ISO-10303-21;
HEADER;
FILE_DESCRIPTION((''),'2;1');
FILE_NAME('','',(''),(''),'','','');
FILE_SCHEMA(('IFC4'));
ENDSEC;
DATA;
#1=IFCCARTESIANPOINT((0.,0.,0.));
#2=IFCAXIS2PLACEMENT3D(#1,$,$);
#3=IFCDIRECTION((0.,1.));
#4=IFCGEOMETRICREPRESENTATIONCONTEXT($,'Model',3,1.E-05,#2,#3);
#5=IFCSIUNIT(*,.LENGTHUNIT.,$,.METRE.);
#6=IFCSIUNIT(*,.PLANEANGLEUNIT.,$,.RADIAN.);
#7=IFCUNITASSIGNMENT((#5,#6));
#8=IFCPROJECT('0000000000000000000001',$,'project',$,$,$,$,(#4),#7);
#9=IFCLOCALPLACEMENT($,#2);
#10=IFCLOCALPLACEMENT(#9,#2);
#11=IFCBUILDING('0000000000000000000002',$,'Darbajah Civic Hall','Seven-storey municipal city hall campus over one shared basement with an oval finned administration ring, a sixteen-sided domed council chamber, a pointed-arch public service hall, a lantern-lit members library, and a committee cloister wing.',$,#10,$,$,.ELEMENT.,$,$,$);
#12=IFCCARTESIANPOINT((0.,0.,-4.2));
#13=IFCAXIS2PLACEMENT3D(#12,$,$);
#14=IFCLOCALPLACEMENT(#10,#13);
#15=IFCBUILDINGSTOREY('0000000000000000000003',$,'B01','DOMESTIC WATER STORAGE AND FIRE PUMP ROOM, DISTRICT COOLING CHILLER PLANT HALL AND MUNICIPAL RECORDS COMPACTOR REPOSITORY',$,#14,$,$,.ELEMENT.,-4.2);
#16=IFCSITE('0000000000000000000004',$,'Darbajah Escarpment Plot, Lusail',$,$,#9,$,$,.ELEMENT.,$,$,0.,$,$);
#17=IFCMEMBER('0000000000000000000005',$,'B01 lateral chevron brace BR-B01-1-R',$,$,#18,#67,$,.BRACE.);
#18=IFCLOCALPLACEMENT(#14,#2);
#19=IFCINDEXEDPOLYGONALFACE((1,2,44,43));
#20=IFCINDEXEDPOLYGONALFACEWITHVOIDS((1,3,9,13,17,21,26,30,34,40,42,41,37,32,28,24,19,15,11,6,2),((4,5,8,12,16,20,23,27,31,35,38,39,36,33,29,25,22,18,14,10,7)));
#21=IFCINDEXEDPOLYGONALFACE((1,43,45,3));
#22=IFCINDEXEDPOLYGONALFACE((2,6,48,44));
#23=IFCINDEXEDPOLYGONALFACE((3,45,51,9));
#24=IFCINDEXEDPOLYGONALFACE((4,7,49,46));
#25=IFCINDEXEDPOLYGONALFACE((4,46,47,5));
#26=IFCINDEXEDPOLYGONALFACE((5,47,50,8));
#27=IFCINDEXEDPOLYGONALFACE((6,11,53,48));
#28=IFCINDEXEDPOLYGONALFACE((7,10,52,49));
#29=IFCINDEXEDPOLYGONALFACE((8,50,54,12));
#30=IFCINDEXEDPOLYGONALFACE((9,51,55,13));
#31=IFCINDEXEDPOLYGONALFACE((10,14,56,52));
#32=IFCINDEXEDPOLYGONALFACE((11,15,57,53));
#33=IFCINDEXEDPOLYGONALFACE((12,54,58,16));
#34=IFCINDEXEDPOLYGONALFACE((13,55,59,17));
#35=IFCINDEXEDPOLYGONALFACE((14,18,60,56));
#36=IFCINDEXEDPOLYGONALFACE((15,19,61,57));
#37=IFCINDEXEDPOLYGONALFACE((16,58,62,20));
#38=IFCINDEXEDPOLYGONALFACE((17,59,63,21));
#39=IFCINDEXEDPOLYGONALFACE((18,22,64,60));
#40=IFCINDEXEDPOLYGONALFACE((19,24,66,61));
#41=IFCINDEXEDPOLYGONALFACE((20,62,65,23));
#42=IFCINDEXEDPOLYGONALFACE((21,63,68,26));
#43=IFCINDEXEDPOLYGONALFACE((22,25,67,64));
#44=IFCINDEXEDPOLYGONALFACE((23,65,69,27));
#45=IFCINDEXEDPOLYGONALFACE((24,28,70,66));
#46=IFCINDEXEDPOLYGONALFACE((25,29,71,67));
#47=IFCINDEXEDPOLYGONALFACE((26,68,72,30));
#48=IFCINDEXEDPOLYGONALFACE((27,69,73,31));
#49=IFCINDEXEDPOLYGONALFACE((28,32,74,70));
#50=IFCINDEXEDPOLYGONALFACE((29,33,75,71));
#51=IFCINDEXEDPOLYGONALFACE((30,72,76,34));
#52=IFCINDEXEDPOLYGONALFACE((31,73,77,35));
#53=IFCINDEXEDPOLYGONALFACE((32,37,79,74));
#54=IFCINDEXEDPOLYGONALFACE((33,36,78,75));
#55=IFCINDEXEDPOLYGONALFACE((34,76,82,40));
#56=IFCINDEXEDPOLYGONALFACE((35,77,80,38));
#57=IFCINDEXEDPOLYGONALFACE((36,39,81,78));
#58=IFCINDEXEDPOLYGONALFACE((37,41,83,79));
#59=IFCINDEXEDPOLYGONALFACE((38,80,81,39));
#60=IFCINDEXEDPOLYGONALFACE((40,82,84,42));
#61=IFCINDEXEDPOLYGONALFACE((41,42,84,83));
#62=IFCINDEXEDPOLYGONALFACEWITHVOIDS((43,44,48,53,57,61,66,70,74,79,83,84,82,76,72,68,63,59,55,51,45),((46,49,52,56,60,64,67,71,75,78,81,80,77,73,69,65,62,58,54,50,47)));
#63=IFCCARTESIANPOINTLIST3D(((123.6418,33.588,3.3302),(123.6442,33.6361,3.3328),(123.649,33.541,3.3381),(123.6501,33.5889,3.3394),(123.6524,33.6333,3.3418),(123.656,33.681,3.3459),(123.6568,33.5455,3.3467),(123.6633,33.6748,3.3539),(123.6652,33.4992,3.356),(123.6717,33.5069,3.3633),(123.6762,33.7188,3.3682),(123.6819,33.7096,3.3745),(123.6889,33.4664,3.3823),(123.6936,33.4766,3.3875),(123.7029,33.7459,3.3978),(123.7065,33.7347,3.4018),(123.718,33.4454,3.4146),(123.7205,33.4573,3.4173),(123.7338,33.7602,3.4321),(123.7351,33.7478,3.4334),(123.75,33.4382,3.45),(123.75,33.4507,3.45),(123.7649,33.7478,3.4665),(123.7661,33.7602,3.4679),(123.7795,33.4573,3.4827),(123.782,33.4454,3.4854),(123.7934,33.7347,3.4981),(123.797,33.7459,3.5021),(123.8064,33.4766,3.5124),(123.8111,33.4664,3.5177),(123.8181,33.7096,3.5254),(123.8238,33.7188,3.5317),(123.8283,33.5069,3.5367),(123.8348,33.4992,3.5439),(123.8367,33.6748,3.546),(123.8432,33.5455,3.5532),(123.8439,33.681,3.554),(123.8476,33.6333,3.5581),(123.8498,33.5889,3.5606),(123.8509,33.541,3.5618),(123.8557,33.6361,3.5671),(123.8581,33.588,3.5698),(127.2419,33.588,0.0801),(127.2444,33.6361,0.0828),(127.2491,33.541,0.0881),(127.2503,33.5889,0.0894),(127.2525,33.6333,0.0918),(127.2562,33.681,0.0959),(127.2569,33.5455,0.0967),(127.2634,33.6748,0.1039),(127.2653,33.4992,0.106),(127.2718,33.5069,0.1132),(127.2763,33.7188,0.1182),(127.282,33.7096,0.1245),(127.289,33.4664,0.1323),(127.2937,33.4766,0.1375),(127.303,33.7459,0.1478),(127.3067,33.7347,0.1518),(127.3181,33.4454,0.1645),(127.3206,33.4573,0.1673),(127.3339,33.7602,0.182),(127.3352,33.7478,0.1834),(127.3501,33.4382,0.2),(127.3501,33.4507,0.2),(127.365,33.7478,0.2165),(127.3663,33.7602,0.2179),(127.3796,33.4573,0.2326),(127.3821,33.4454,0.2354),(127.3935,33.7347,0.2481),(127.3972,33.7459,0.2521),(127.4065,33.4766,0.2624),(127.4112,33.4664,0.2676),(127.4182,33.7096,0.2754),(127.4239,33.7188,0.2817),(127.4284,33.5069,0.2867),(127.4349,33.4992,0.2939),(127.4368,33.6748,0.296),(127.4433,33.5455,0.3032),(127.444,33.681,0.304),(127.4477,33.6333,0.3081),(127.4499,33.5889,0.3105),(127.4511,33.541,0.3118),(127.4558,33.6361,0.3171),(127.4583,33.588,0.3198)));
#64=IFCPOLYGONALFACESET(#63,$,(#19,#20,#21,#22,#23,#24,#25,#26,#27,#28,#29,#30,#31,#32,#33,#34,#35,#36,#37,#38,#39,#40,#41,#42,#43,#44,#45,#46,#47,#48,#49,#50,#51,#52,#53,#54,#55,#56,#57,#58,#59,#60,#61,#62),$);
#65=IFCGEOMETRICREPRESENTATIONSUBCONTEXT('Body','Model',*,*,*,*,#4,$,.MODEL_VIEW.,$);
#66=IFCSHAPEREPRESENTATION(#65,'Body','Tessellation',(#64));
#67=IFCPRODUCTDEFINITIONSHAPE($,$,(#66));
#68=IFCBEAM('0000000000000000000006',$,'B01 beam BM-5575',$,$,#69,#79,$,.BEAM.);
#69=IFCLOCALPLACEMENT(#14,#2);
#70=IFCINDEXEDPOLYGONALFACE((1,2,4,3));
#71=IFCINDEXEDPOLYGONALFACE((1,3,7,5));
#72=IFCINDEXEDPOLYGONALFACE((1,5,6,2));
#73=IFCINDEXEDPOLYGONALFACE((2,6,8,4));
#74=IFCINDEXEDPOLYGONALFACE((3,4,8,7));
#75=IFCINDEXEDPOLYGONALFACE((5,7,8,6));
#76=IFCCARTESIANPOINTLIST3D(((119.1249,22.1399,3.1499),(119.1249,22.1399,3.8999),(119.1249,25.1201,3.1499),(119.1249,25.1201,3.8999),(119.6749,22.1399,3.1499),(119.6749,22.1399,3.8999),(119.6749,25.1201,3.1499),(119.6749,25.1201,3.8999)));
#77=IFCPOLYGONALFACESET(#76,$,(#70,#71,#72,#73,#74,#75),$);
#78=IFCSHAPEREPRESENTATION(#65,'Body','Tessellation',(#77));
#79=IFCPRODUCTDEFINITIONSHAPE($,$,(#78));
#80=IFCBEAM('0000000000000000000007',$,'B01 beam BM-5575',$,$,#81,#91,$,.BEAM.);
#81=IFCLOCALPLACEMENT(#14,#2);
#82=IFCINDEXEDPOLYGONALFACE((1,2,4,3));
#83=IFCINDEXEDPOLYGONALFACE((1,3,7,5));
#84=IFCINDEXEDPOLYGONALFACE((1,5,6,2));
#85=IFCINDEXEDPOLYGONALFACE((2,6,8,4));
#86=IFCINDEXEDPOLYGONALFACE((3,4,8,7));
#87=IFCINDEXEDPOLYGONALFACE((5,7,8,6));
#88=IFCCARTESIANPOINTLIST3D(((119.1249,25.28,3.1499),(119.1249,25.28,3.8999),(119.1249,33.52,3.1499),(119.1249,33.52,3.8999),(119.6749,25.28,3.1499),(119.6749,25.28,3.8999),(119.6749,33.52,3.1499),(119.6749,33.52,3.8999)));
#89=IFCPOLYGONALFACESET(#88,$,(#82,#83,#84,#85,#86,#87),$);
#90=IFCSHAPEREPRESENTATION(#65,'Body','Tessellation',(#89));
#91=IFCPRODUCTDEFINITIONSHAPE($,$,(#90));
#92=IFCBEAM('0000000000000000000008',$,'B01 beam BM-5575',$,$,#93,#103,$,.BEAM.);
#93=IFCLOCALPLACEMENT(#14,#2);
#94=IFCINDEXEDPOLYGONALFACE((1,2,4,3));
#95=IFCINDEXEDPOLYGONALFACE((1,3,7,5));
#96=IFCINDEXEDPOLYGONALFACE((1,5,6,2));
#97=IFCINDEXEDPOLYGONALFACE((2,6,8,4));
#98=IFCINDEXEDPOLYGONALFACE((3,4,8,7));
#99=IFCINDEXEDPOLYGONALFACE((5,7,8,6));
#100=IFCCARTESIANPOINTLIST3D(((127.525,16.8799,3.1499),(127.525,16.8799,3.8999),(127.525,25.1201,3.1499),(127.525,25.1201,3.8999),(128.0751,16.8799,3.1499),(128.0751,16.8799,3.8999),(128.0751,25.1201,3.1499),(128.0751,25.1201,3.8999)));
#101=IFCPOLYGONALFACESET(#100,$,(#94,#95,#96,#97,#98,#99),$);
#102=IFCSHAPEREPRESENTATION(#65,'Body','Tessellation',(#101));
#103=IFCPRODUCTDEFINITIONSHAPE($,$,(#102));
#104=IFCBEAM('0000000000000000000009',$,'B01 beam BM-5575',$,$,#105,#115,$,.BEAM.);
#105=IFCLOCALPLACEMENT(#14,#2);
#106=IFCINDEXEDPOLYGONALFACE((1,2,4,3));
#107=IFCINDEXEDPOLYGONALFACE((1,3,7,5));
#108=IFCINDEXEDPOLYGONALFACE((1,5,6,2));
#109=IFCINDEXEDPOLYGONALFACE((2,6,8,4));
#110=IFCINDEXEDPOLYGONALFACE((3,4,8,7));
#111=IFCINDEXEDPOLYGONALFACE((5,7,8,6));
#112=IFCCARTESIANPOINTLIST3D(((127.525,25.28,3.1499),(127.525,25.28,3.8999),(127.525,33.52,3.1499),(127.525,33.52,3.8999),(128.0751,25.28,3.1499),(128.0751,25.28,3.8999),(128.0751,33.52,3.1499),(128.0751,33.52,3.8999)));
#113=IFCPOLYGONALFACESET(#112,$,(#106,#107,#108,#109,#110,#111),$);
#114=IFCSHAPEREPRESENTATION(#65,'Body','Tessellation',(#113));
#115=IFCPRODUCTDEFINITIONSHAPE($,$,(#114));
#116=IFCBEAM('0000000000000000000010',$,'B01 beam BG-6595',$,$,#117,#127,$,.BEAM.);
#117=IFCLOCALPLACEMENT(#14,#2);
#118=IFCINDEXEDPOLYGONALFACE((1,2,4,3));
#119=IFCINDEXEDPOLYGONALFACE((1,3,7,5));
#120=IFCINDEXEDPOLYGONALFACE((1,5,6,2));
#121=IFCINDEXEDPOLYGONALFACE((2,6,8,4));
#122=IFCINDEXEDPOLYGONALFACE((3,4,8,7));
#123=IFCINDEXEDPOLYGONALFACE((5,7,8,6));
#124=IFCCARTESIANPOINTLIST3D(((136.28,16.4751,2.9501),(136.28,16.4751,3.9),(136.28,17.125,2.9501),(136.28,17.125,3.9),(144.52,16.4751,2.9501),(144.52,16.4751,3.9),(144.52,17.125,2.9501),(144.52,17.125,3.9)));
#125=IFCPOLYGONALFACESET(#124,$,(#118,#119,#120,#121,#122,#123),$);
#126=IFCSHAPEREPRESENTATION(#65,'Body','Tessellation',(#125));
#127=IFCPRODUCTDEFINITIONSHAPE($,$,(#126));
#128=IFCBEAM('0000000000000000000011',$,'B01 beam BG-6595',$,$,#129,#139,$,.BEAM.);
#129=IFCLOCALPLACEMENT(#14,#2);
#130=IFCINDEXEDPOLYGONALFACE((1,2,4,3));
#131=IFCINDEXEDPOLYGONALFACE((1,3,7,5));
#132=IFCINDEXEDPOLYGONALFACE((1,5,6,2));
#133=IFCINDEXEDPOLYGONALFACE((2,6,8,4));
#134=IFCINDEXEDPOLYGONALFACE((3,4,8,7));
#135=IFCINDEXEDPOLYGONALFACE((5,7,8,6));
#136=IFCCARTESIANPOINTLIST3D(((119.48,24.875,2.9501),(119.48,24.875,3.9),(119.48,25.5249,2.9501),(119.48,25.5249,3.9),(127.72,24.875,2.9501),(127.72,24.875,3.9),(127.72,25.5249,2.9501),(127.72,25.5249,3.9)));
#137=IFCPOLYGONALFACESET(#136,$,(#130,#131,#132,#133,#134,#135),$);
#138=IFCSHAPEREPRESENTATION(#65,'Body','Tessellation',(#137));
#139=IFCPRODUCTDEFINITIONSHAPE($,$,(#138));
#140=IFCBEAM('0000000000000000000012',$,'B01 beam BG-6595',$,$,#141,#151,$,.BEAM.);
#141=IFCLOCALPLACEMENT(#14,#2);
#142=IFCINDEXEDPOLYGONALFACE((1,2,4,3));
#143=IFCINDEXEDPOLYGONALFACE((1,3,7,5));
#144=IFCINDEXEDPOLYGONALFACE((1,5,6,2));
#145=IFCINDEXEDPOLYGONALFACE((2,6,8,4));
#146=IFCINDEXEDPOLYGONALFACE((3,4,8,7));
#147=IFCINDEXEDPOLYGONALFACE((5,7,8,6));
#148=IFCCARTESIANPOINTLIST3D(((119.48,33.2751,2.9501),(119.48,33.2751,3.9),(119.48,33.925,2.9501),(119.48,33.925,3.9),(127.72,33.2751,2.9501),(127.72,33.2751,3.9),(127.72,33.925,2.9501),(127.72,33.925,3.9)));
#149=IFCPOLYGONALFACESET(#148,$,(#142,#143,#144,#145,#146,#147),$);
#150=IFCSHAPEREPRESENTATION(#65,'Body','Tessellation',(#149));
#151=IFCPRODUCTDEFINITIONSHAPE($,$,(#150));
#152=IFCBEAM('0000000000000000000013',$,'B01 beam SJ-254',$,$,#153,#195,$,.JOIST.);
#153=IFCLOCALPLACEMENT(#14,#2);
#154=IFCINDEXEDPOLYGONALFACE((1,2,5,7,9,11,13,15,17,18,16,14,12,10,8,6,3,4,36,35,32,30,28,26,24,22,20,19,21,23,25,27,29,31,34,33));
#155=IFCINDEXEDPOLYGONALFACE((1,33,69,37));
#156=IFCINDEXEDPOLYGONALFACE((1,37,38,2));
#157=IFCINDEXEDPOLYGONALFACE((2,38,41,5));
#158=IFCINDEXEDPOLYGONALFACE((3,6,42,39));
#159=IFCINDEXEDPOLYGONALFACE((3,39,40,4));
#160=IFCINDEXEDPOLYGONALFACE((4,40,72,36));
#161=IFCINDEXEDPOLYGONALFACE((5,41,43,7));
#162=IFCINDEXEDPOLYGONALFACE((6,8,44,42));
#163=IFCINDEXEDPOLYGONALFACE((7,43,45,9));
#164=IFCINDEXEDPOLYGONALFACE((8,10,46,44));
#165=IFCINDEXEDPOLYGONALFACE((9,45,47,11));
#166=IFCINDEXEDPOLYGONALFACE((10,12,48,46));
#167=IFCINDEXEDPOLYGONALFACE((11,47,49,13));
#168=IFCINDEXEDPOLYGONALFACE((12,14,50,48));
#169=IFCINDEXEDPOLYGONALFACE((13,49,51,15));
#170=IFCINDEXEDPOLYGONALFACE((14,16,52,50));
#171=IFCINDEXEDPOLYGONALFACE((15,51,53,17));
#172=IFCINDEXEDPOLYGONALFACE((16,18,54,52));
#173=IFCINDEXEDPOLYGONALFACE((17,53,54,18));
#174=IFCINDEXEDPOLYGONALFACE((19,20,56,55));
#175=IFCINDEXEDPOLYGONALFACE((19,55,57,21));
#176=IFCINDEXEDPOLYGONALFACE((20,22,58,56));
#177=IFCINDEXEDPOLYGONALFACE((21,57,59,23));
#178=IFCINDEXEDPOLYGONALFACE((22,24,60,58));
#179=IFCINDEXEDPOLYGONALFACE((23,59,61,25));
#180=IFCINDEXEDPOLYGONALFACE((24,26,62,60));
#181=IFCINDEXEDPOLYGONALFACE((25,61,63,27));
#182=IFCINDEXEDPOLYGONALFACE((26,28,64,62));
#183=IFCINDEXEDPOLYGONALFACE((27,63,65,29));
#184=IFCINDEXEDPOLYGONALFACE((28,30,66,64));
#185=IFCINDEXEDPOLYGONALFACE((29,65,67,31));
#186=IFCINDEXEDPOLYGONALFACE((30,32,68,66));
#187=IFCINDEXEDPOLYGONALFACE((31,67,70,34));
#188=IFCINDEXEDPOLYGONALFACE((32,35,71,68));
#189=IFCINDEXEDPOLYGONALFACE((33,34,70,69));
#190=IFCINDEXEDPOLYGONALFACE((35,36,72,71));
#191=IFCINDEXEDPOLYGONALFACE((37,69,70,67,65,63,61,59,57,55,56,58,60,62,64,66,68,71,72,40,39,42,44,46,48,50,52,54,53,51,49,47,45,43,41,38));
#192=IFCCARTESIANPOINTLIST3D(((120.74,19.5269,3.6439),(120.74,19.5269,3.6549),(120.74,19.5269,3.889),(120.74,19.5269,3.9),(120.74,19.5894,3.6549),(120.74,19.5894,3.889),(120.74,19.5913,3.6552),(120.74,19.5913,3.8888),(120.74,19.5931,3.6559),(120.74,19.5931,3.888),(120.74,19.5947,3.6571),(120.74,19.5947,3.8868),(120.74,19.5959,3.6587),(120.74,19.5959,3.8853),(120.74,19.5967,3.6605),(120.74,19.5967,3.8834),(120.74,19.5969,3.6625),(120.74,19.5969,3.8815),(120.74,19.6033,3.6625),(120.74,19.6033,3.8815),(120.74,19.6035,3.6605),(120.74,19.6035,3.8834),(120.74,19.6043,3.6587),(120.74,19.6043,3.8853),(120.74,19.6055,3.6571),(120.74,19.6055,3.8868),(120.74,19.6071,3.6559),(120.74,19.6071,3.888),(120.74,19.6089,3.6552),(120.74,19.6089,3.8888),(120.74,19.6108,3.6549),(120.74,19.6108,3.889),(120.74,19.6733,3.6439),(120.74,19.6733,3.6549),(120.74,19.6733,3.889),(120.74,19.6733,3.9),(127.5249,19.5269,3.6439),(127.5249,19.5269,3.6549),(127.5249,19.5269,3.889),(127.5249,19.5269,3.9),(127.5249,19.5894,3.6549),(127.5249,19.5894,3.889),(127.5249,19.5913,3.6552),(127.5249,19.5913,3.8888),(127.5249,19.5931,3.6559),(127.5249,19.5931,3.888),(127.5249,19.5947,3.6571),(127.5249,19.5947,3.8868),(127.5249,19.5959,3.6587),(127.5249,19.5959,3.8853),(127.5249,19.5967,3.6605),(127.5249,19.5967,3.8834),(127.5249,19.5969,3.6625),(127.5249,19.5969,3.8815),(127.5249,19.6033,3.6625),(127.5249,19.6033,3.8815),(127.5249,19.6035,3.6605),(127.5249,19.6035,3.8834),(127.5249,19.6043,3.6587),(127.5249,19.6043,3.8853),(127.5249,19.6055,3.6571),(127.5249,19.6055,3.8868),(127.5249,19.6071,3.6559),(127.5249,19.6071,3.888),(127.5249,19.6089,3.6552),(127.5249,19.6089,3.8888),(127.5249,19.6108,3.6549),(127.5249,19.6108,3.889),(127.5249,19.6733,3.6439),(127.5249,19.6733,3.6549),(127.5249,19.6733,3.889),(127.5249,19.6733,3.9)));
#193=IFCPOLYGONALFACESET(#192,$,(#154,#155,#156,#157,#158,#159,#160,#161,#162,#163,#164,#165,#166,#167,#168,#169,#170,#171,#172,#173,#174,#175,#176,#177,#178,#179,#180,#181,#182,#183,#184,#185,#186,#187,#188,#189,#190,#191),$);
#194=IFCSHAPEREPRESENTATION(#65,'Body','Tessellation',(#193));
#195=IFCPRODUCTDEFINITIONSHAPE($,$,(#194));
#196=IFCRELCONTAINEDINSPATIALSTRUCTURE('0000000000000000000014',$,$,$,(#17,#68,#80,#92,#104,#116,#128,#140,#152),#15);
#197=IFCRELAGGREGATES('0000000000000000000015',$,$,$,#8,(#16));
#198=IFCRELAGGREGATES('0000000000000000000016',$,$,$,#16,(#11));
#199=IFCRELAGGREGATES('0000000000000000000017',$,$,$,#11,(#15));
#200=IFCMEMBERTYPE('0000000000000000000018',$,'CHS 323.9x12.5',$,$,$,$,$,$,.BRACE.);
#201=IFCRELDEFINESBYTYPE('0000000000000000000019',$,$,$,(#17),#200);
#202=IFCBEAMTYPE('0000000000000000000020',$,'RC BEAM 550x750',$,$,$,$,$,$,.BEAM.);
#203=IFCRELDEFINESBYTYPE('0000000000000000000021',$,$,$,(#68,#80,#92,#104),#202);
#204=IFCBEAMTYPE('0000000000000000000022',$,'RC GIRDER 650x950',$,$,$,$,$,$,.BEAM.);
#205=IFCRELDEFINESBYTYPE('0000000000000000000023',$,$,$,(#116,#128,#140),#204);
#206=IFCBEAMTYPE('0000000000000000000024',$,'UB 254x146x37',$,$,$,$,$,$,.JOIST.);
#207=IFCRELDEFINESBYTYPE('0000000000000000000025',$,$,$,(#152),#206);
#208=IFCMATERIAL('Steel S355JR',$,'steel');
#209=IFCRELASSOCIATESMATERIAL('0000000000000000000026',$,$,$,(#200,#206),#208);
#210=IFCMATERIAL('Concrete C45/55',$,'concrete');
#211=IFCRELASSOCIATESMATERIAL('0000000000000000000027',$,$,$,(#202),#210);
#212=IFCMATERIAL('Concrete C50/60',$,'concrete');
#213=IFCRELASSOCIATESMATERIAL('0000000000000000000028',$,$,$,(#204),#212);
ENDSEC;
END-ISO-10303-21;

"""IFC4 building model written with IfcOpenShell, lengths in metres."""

from ifc_helpers import new_model, si_unit, direction, frame, origin, origin_2d, place, context, subcontext, project, spatial, rectangle, hollow_circle, i_section, extrude, material, material_profile, profile_set, type_object, element, save


model = new_model("IFC4")

# Units and contexts
model_context = context("Model", 3, precision=1e-05, world=origin(), true_north=direction((0.0, 1.0)))
body_context = subcontext(model_context, "Body", "Model", "MODEL_VIEW")
ifc_project = project(units=[si_unit("LENGTHUNIT", "METRE"), si_unit("PLANEANGLEUNIT", "RADIAN")], contexts=[model_context])

# Site, building, storey
site_placement = place(None, origin())
site = spatial("IfcSite", under=ifc_project, at=site_placement, Name="Darbajah Escarpment Plot, Lusail", CompositionType="ELEMENT", RefElevation=0.0)
building_placement = place(site_placement, origin())
building = spatial("IfcBuilding", under=site, at=building_placement, Name="Darbajah Civic Hall", Description="Seven-storey municipal city hall campus over one shared basement with an oval finned administration ring, a sixteen-sided domed council chamber, a pointed-arch public service hall, a lantern-lit members library, and a committee cloister wing.", CompositionType="ELEMENT")
storey_placement = place(building_placement, frame((0.0, 0.0, -4.2)))
storey = spatial("IfcBuildingStorey", under=building, at=storey_placement, Name="B01", Description="DOMESTIC WATER STORAGE AND FIRE PUMP ROOM, DISTRICT COOLING CHILLER PLANT HALL AND MUNICIPAL RECORDS COMPACTOR REPOSITORY", CompositionType="ELEMENT", Elevation=-4.2)

# Shared definitions
ifc_material_1 = material(Name="Concrete C45/55", Category="concrete")

# Shared definitions
ifc_material_2 = material(Name="Concrete C50/60", Category="concrete")

# Member
ifc_material_3 = material(Name="Steel S355JR", Category="steel")
ifc_material_profile_1 = material_profile(ifc_material_3, hollow_circle(Radius=0.1619, WallThickness=0.0125, at=origin_2d()), Name="CHS 323.9x12.5")
ifc_profile_set_1 = profile_set([ifc_material_profile_1], Name="Steel S355JR")
member_type = type_object("IfcMemberType", Name="CHS 323.9x12.5", PredefinedType="BRACE", material=ifc_profile_set_1)
member_1_placement = place(storey_placement, frame((127.3501, 33.6001, 0.2), z_axis=(-0.742277, 0.0, 0.670093), x_axis=(0.0, -1.0, 0.0)))
element("IfcMember", 1, at=member_1_placement, inside=storey, type_object=member_type, Name="B01 lateral chevron brace BR-B01-1-R", PredefinedType="BRACE", context=body_context, shape_type="SweptSolid", body=[
    extrude(hollow_circle(Radius=0.1619, WallThickness=0.0125, at=origin_2d()), origin(), (0.0, 0.0, 1.0), 4.8501),
])

# Beams
ifc_material_profile_2 = material_profile(ifc_material_1, rectangle(XDim=0.55, YDim=0.75, at=origin_2d()), Name="RC BEAM 550x750")
ifc_profile_set_2 = profile_set([ifc_material_profile_2], Name="Concrete C45/55")
beam_type_1 = type_object("IfcBeamType", Name="RC BEAM 550x750", PredefinedType="BEAM", material=ifc_profile_set_2)
beam_1_placement = place(storey_placement, frame((119.3999, 22.1399, 3.5249), z_axis=(0.0, 1.0, 0.0), x_axis=(-1.0, 0.0, 0.0)))
element("IfcBeam", 2, at=beam_1_placement, inside=storey, type_object=beam_type_1, Name="B01 beam BM-5575", PredefinedType="BEAM", context=body_context, shape_type="SweptSolid", body=[
    extrude(rectangle(XDim=0.55, YDim=0.75, at=origin_2d()), origin(), (0.0, 0.0, 1.0), 2.9802),
])
beam_2_placement = place(storey_placement, frame((119.3999, 25.28, 3.5249), z_axis=(0.0, 1.0, 0.0), x_axis=(-1.0, 0.0, 0.0)))
element("IfcBeam", 3, at=beam_2_placement, inside=storey, type_object=beam_type_1, Name="B01 beam BM-5575", PredefinedType="BEAM", context=body_context, shape_type="SweptSolid", body=[
    extrude(rectangle(XDim=0.55, YDim=0.75, at=origin_2d()), origin(), (0.0, 0.0, 1.0), 8.24),
])
beam_3_placement = place(storey_placement, frame((127.8, 16.8799, 3.5249), z_axis=(0.0, 1.0, 0.0), x_axis=(-1.0, 0.0, 0.0)))
element("IfcBeam", 4, at=beam_3_placement, inside=storey, type_object=beam_type_1, Name="B01 beam BM-5575", PredefinedType="BEAM", context=body_context, shape_type="SweptSolid", body=[
    extrude(rectangle(XDim=0.55, YDim=0.75, at=origin_2d()), origin(), (0.0, 0.0, 1.0), 8.2402),
])
beam_4_placement = place(storey_placement, frame((127.8, 25.28, 3.5249), z_axis=(0.0, 1.0, 0.0), x_axis=(-1.0, 0.0, 0.0)))
element("IfcBeam", 5, at=beam_4_placement, inside=storey, type_object=beam_type_1, Name="B01 beam BM-5575", PredefinedType="BEAM", context=body_context, shape_type="SweptSolid", body=[
    extrude(rectangle(XDim=0.55, YDim=0.75, at=origin_2d()), origin(), (0.0, 0.0, 1.0), 8.24),
])
ifc_material_profile_3 = material_profile(ifc_material_2, rectangle(XDim=0.6499, YDim=0.95, at=origin_2d()), Name="RC GIRDER 650x950")
ifc_profile_set_3 = profile_set([ifc_material_profile_3], Name="Concrete C50/60")
beam_type_2 = type_object("IfcBeamType", Name="RC GIRDER 650x950", PredefinedType="BEAM", material=ifc_profile_set_3)
for number, where, z_axis, x_axis, name in (
    (6, (136.28, 16.8, 3.425), (1.0, 0.0, 0.0), (0.0, 1.0, 0.0), "B01 beam BG-6595"),
    (7, (119.48, 25.2, 3.425), (1.0, 0.0, 0.0), (0.0, 1.0, 0.0), "B01 beam BG-6595"),
    (8, (119.48, 33.6001, 3.425), (1.0, 0.0, 0.0), (0.0, 1.0, 0.0), "B01 beam BG-6595"),
):
    element("IfcBeam", number, at=place(storey_placement, frame(where, z_axis=z_axis, x_axis=x_axis)), inside=storey, type_object=beam_type_2, Name=name, PredefinedType="BEAM", context=body_context, shape_type="SweptSolid", body=[
        extrude(rectangle(XDim=0.6499, YDim=0.95, at=origin_2d()), origin(), (0.0, 0.0, 1.0), 8.24),
    ])
ifc_material_profile_4 = material_profile(ifc_material_3, i_section(OverallWidth=0.1465, OverallDepth=0.2561, WebThickness=0.0063, FlangeThickness=0.011, FilletRadius=0.0076, at=origin_2d()), Name="UB 254x146x37")
ifc_profile_set_4 = profile_set([ifc_material_profile_4], Name="Steel S355JR")
beam_type_3 = type_object("IfcBeamType", Name="UB 254x146x37", PredefinedType="JOIST", material=ifc_profile_set_4)
beam_5_placement = place(storey_placement, frame((120.74, 19.6001, 3.772), z_axis=(1.0, 0.0, 0.0), x_axis=(0.0, 1.0, 0.0)))
element("IfcBeam", 9, at=beam_5_placement, inside=storey, type_object=beam_type_3, Name="B01 beam SJ-254", PredefinedType="JOIST", context=body_context, shape_type="SweptSolid", body=[
    extrude(i_section(OverallWidth=0.1465, OverallDepth=0.2561, WebThickness=0.0063, FlangeThickness=0.011, FilletRadius=0.0076, at=origin_2d()), origin(), (0.0, 0.0, 1.0), 6.7849),
])

save(model, "model.ifc")
